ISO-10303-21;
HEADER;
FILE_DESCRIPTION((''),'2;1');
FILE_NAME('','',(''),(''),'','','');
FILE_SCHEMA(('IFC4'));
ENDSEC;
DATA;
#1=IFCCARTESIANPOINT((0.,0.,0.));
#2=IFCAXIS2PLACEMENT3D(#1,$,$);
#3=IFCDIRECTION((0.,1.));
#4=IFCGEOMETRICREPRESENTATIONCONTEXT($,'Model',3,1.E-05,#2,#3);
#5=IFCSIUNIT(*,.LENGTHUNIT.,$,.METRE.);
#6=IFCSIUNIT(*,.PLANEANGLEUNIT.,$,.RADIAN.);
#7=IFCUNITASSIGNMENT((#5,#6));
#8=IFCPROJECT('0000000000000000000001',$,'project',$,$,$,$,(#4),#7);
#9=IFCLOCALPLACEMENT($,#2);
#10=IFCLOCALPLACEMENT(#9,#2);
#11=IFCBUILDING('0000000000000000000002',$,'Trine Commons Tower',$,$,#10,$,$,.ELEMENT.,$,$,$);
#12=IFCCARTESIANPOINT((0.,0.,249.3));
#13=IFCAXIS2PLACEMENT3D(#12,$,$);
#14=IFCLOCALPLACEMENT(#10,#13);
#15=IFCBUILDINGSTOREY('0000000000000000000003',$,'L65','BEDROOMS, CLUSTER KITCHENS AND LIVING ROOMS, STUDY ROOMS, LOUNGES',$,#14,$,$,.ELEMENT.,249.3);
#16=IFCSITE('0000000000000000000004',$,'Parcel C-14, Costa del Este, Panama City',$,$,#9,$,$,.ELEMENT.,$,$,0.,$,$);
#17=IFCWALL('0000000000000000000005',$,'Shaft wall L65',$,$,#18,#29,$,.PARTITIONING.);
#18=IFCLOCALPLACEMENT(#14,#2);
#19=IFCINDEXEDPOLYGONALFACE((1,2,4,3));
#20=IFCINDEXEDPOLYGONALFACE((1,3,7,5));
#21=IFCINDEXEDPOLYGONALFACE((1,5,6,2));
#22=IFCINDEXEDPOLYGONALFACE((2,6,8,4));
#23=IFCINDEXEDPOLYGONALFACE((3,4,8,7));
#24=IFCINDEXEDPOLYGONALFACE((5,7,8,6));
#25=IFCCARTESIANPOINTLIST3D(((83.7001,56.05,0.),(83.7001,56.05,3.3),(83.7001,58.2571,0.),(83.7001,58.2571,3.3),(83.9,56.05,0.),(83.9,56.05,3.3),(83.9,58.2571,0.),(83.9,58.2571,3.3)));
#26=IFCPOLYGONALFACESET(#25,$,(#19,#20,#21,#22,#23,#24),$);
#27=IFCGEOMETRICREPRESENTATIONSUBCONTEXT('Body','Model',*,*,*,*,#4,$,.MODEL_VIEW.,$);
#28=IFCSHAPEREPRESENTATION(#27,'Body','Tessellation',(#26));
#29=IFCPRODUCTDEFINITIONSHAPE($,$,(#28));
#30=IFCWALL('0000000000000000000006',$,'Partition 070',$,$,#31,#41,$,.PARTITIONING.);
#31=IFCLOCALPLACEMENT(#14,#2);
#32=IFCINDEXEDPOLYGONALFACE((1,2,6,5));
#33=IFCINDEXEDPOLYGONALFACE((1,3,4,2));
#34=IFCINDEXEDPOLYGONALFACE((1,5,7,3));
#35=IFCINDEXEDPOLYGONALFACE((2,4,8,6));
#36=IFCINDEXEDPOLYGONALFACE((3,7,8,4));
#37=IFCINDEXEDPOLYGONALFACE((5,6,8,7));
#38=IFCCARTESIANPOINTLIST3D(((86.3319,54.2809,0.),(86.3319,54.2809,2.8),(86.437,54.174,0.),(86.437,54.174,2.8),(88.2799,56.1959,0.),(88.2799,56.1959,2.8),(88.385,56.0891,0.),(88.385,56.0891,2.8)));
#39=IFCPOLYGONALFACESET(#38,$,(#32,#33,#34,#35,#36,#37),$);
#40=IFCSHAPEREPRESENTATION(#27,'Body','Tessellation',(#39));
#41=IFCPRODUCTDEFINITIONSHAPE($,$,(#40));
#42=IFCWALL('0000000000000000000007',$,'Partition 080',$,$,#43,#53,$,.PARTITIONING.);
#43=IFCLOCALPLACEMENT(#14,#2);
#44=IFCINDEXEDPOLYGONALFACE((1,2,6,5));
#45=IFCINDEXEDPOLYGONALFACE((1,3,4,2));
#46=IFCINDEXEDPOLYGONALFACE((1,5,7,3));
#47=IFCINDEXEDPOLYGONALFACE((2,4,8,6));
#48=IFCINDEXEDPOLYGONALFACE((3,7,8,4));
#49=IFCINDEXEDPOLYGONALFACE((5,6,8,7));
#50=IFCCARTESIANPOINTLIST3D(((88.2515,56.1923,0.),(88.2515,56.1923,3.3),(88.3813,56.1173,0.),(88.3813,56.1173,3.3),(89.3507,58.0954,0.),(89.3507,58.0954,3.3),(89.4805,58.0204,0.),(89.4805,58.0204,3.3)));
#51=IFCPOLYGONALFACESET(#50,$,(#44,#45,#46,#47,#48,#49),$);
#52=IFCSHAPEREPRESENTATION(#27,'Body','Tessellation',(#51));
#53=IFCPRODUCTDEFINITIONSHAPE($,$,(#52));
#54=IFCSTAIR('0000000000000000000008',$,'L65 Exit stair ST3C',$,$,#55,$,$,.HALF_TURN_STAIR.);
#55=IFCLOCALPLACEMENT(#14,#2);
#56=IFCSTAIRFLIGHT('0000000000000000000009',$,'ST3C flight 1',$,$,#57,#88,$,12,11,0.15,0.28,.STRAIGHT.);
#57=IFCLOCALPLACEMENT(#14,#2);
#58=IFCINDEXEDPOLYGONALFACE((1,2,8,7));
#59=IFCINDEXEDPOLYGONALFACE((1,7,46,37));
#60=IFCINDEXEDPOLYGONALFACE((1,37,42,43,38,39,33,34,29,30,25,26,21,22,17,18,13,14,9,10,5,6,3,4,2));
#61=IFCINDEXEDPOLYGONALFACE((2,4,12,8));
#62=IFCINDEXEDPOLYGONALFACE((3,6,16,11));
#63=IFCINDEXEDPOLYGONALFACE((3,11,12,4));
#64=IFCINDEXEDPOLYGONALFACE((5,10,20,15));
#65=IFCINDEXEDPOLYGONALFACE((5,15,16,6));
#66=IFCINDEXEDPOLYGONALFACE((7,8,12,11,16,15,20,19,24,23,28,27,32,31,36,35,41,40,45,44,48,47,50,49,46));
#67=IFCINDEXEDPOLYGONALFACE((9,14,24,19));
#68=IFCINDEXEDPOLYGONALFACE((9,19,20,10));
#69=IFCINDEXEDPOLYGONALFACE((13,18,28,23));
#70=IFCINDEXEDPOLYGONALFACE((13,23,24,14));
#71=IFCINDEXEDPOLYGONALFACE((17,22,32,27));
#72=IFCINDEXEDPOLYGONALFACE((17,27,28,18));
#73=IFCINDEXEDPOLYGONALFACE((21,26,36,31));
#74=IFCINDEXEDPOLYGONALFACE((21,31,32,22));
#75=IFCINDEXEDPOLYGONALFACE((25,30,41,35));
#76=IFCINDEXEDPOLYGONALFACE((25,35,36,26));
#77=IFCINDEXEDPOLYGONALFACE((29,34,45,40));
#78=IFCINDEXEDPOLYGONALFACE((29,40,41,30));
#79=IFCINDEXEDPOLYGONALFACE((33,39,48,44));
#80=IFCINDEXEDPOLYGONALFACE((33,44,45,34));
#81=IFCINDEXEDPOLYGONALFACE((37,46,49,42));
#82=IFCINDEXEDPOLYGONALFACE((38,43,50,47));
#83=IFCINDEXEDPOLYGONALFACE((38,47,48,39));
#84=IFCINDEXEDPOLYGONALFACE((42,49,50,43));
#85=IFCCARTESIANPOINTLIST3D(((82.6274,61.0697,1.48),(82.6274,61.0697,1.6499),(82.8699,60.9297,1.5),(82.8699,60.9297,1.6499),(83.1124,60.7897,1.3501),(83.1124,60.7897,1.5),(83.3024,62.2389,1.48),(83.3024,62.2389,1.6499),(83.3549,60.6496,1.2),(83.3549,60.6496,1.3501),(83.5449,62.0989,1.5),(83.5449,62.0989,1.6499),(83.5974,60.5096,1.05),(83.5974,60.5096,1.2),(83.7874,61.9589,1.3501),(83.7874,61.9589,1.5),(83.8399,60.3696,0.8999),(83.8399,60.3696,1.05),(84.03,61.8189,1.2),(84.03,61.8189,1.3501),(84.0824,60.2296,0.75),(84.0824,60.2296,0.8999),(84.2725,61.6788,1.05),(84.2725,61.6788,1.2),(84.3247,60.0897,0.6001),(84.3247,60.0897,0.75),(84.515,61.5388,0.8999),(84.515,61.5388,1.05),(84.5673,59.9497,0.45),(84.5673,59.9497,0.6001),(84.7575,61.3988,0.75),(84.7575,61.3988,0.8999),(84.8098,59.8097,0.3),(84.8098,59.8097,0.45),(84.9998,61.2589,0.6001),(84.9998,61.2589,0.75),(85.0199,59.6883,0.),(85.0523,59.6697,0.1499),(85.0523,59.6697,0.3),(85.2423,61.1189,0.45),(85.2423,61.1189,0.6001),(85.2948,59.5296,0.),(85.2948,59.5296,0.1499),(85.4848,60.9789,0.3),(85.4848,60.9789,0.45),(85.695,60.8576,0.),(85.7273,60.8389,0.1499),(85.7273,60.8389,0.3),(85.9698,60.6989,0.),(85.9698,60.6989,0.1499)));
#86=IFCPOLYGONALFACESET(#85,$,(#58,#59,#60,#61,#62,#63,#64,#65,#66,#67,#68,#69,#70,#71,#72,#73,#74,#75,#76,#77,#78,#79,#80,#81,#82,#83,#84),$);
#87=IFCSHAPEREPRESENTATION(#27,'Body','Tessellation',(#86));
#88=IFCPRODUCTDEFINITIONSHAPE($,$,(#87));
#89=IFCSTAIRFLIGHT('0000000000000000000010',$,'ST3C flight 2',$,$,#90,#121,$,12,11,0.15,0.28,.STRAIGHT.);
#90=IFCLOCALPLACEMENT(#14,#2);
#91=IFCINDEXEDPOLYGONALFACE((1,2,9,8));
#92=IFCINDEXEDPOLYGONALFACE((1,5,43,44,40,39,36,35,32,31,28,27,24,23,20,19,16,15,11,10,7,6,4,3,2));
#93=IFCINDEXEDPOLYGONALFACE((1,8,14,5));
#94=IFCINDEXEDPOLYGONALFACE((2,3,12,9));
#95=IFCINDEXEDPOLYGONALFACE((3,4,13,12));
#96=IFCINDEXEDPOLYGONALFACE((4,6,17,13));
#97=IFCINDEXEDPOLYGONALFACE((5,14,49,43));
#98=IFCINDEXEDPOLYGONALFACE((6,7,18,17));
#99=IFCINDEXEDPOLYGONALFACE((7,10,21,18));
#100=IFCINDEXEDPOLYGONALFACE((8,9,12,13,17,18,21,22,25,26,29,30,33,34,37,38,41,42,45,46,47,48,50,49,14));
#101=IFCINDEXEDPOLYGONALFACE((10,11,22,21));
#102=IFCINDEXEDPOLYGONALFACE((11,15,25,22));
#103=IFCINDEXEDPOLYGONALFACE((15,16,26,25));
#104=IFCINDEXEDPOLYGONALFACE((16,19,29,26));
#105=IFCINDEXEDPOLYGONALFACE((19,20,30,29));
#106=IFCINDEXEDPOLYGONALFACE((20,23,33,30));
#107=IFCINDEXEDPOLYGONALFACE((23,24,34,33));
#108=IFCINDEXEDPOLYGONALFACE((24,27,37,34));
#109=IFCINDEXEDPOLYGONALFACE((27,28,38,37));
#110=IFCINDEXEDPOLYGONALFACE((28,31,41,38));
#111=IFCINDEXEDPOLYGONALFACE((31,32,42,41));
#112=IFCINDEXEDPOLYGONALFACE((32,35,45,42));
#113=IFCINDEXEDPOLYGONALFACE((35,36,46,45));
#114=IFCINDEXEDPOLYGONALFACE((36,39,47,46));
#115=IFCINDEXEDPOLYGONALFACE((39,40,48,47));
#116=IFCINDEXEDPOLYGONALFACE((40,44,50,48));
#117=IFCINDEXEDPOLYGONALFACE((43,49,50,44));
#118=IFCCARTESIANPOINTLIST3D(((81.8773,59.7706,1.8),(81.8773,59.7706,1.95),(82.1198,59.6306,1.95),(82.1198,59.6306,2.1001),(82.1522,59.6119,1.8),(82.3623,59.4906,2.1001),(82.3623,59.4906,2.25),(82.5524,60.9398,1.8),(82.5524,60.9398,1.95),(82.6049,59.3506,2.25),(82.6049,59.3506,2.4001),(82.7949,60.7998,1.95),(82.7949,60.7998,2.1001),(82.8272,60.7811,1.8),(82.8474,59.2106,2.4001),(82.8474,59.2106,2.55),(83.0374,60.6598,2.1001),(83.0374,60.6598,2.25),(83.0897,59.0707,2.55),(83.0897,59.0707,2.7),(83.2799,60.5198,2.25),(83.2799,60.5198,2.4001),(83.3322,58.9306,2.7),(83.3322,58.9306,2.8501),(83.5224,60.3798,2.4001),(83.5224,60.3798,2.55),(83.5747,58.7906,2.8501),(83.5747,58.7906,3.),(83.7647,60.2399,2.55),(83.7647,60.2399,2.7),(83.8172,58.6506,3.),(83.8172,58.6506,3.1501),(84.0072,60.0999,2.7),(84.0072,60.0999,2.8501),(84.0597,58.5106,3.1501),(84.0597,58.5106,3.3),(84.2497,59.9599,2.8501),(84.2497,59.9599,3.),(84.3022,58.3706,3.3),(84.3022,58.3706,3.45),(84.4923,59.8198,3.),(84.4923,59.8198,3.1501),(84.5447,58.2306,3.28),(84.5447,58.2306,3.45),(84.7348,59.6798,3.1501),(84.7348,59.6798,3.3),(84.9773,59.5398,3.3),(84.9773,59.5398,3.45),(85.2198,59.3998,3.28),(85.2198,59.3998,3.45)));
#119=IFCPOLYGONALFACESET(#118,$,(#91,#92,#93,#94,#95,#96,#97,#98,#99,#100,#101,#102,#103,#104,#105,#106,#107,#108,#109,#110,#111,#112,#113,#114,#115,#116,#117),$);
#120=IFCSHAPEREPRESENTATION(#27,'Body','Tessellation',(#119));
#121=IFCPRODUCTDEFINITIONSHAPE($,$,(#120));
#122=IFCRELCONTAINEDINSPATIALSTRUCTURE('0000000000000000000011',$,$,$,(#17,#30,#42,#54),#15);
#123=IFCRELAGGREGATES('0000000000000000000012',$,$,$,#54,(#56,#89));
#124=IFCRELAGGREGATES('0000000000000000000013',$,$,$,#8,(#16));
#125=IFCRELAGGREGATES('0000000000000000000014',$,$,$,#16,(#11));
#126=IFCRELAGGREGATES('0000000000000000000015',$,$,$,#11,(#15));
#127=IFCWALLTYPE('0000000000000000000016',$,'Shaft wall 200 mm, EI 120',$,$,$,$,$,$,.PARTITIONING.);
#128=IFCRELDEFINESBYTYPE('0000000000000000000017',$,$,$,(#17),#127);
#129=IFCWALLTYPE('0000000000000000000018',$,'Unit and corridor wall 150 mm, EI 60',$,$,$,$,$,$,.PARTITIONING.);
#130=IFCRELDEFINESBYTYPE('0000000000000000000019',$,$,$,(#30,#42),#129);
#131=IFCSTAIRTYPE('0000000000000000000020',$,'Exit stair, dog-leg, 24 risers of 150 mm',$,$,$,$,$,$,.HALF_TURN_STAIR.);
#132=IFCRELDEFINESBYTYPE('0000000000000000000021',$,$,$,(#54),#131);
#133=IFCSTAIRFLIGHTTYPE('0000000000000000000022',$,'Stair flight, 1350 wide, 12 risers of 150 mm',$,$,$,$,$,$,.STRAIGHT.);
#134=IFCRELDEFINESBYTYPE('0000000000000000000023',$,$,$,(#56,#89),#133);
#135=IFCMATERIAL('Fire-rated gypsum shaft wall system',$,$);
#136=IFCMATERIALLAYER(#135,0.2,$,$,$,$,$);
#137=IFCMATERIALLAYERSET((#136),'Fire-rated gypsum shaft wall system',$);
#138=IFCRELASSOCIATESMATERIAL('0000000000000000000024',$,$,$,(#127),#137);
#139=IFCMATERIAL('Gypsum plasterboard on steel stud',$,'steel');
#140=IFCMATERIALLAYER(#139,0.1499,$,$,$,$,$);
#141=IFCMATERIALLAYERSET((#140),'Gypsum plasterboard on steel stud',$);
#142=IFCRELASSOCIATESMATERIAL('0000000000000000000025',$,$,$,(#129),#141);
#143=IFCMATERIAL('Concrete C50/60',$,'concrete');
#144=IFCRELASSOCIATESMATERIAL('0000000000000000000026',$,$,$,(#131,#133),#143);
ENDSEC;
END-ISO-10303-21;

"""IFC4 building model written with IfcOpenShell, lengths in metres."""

from ifc_helpers import new_model, si_unit, direction, frame, frame_2d, origin, place, context, subcontext, project, spatial, polyline, rectangle, outline, extrude, material, layer, layer_set, type_object, element, aggregate, save


model = new_model("IFC4")

# Units and contexts
model_context = context("Model", 3, precision=1e-05, world=origin(), true_north=direction((0.0, 1.0)))
body_context = subcontext(model_context, "Body", "Model", "MODEL_VIEW")
ifc_project = project(units=[si_unit("LENGTHUNIT", "METRE"), si_unit("PLANEANGLEUNIT", "RADIAN")], contexts=[model_context])

# Site, building, storey
site_placement = place(None, origin())
site = spatial("IfcSite", under=ifc_project, at=site_placement, Name="Parcel C-14, Costa del Este, Panama City", CompositionType="ELEMENT", RefElevation=0.0)
building_placement = place(site_placement, origin())
building = spatial("IfcBuilding", under=site, at=building_placement, Name="Trine Commons Tower", CompositionType="ELEMENT")
storey_placement = place(building_placement, frame((0.0, 0.0, 249.3)))
storey = spatial("IfcBuildingStorey", under=building, at=storey_placement, Name="L65", Description="BEDROOMS, CLUSTER KITCHENS AND LIVING ROOMS, STUDY ROOMS, LOUNGES", CompositionType="ELEMENT", Elevation=249.3)

# Shared definitions
ifc_material_1 = material(Name="Concrete C50/60", Category="concrete")

# Walls
ifc_material_2 = material(Name="Fire-rated gypsum shaft wall system")
ifc_layer_1 = layer(ifc_material_2, 0.2)
ifc_layer_set_1 = layer_set([ifc_layer_1], Name="Fire-rated gypsum shaft wall system")
wall_type_1 = type_object("IfcWallType", Name="Shaft wall 200 mm, EI 120", PredefinedType="PARTITIONING", material=ifc_layer_set_1)
wall_1_placement = place(storey_placement, frame((83.8, 58.2571, 0.0), z_axis=(0.0, 0.0, 1.0), x_axis=(0.0, -1.0, 0.0)))
element("IfcWall", 1, at=wall_1_placement, inside=storey, type_object=wall_type_1, Name="Shaft wall L65", PredefinedType="PARTITIONING", context=body_context, shape_type="SweptSolid", body=[
    extrude(rectangle(XDim=2.207, YDim=0.2, at=frame_2d((1.1035, 0.0))), origin(), (0.0, 0.0, 1.0), 3.3),
])
ifc_material_3 = material(Name="Gypsum plasterboard on steel stud", Category="steel")
ifc_layer_2 = layer(ifc_material_3, 0.1499)
ifc_layer_set_2 = layer_set([ifc_layer_2], Name="Gypsum plasterboard on steel stud")
wall_type_2 = type_object("IfcWallType", Name="Unit and corridor wall 150 mm, EI 60", PredefinedType="PARTITIONING", material=ifc_layer_set_2)
wall_2_placement = place(storey_placement, frame((86.3845, 54.2275, 0.0), z_axis=(0.0, 0.0, 1.0), x_axis=(0.713114, 0.701048, 0.0)))
element("IfcWall", 2, at=wall_2_placement, inside=storey, type_object=wall_type_2, Name="Partition 070", PredefinedType="PARTITIONING", context=body_context, shape_type="SweptSolid", body=[
    extrude(rectangle(XDim=2.7317, YDim=0.1499, at=frame_2d((1.3657, 0.0))), origin(), (0.0, 0.0, 1.0), 2.8),
])
wall_3_placement = place(storey_placement, frame((88.3164, 56.1548, 0.0), z_axis=(0.0, 0.0, 1.0), x_axis=(0.50013, 0.865951, 0.0)))
element("IfcWall", 3, at=wall_3_placement, inside=storey, type_object=wall_type_2, Name="Partition 080", PredefinedType="PARTITIONING", context=body_context, shape_type="SweptSolid", body=[
    extrude(rectangle(XDim=2.1978, YDim=0.1499, at=frame_2d((1.0989, 0.0))), origin(), (0.0, 0.0, 1.0), 3.3),
])

# Stair, stair flights
stair_type = type_object("IfcStairType", Name="Exit stair, dog-leg, 24 risers of 150 mm", PredefinedType="HALF_TURN_STAIR", material=ifc_material_1)
stair_placement = place(storey_placement, origin())
stair = element("IfcStair", 4, at=stair_placement, inside=storey, type_object=stair_type, Name="L65 Exit stair ST3C", PredefinedType="HALF_TURN_STAIR")
stair_flight_type = type_object("IfcStairFlightType", Name="Stair flight, 1350 wide, 12 risers of 150 mm", PredefinedType="STRAIGHT", material=ifc_material_1)
stair_flight_1_placement = place(storey_placement, frame((85.6323, 60.1143, 0.0), z_axis=(0.0, 0.0, 1.0), x_axis=(-0.866025, 0.5, 0.0)))
stair_flight_1 = element("IfcStairFlight", 5, at=stair_flight_1_placement, type_object=stair_flight_type, Name="ST3C flight 1", NumberOfRisers=12, NumberOfTreads=11, PredefinedType="STRAIGHT", RiserHeight=0.15, TreadLength=0.28, context=body_context, shape_type="SweptSolid", body=[
    extrude(outline(polyline([(0.0, 0.0), (0.0, 0.1499), (0.28, 0.1499), (0.28, 0.3), (0.5601, 0.3), (0.5601, 0.45), (0.8401, 0.45), (0.8401, 0.6001), (1.1201, 0.6001), (1.1201, 0.75), (1.3999, 0.75), (1.3999, 0.8999), (1.6799, 0.8999), (1.6799, 1.05), (1.96, 1.05), (1.96, 1.2), (2.24, 1.2), (2.24, 1.3501), (2.52, 1.3501), (2.52, 1.5), (2.8, 1.5), (2.8, 1.6499), (3.0801, 1.6499), (3.0801, 1.8), (3.0801, 1.48), (0.3174, 0.0), (0.0, 0.0)])), frame((0.0, 0.675, 0.0), z_axis=(0.0, -1.0, 0.0), x_axis=(1.0, 0.0, 0.0)), (0.0, 0.0, 1.0), 1.3501),
])
stair_flight_2_placement = place(storey_placement, frame((82.2148, 60.3552, 1.8), z_axis=(0.0, 0.0, 1.0), x_axis=(0.866025, -0.5, 0.0)))
stair_flight_2 = element("IfcStairFlight", 6, at=stair_flight_2_placement, type_object=stair_flight_type, Name="ST3C flight 2", NumberOfRisers=12, NumberOfTreads=11, PredefinedType="STRAIGHT", RiserHeight=0.15, TreadLength=0.28, context=body_context, shape_type="SweptSolid", body=[
    extrude(outline(polyline([(0.0, 0.0), (0.0, 0.1499), (0.28, 0.1499), (0.28, 0.3), (0.5601, 0.3), (0.5601, 0.45), (0.8401, 0.45), (0.8401, 0.6001), (1.1201, 0.6001), (1.1201, 0.75), (1.3999, 0.75), (1.3999, 0.8999), (1.6799, 0.8999), (1.6799, 1.05), (1.96, 1.05), (1.96, 1.2), (2.24, 1.2), (2.24, 1.3501), (2.52, 1.3501), (2.52, 1.5), (2.8, 1.5), (2.8, 1.6499), (3.0801, 1.6499), (3.0801, 1.8), (3.0801, 1.48), (0.3174, 0.0), (0.0, 0.0)])), frame((0.0, 0.675, 0.0), z_axis=(0.0, -1.0, 0.0), x_axis=(1.0, 0.0, 0.0)), (0.0, 0.0, 1.0), 1.3501),
])
aggregate(stair, [stair_flight_1, stair_flight_2])

save(model, "model.ifc")
